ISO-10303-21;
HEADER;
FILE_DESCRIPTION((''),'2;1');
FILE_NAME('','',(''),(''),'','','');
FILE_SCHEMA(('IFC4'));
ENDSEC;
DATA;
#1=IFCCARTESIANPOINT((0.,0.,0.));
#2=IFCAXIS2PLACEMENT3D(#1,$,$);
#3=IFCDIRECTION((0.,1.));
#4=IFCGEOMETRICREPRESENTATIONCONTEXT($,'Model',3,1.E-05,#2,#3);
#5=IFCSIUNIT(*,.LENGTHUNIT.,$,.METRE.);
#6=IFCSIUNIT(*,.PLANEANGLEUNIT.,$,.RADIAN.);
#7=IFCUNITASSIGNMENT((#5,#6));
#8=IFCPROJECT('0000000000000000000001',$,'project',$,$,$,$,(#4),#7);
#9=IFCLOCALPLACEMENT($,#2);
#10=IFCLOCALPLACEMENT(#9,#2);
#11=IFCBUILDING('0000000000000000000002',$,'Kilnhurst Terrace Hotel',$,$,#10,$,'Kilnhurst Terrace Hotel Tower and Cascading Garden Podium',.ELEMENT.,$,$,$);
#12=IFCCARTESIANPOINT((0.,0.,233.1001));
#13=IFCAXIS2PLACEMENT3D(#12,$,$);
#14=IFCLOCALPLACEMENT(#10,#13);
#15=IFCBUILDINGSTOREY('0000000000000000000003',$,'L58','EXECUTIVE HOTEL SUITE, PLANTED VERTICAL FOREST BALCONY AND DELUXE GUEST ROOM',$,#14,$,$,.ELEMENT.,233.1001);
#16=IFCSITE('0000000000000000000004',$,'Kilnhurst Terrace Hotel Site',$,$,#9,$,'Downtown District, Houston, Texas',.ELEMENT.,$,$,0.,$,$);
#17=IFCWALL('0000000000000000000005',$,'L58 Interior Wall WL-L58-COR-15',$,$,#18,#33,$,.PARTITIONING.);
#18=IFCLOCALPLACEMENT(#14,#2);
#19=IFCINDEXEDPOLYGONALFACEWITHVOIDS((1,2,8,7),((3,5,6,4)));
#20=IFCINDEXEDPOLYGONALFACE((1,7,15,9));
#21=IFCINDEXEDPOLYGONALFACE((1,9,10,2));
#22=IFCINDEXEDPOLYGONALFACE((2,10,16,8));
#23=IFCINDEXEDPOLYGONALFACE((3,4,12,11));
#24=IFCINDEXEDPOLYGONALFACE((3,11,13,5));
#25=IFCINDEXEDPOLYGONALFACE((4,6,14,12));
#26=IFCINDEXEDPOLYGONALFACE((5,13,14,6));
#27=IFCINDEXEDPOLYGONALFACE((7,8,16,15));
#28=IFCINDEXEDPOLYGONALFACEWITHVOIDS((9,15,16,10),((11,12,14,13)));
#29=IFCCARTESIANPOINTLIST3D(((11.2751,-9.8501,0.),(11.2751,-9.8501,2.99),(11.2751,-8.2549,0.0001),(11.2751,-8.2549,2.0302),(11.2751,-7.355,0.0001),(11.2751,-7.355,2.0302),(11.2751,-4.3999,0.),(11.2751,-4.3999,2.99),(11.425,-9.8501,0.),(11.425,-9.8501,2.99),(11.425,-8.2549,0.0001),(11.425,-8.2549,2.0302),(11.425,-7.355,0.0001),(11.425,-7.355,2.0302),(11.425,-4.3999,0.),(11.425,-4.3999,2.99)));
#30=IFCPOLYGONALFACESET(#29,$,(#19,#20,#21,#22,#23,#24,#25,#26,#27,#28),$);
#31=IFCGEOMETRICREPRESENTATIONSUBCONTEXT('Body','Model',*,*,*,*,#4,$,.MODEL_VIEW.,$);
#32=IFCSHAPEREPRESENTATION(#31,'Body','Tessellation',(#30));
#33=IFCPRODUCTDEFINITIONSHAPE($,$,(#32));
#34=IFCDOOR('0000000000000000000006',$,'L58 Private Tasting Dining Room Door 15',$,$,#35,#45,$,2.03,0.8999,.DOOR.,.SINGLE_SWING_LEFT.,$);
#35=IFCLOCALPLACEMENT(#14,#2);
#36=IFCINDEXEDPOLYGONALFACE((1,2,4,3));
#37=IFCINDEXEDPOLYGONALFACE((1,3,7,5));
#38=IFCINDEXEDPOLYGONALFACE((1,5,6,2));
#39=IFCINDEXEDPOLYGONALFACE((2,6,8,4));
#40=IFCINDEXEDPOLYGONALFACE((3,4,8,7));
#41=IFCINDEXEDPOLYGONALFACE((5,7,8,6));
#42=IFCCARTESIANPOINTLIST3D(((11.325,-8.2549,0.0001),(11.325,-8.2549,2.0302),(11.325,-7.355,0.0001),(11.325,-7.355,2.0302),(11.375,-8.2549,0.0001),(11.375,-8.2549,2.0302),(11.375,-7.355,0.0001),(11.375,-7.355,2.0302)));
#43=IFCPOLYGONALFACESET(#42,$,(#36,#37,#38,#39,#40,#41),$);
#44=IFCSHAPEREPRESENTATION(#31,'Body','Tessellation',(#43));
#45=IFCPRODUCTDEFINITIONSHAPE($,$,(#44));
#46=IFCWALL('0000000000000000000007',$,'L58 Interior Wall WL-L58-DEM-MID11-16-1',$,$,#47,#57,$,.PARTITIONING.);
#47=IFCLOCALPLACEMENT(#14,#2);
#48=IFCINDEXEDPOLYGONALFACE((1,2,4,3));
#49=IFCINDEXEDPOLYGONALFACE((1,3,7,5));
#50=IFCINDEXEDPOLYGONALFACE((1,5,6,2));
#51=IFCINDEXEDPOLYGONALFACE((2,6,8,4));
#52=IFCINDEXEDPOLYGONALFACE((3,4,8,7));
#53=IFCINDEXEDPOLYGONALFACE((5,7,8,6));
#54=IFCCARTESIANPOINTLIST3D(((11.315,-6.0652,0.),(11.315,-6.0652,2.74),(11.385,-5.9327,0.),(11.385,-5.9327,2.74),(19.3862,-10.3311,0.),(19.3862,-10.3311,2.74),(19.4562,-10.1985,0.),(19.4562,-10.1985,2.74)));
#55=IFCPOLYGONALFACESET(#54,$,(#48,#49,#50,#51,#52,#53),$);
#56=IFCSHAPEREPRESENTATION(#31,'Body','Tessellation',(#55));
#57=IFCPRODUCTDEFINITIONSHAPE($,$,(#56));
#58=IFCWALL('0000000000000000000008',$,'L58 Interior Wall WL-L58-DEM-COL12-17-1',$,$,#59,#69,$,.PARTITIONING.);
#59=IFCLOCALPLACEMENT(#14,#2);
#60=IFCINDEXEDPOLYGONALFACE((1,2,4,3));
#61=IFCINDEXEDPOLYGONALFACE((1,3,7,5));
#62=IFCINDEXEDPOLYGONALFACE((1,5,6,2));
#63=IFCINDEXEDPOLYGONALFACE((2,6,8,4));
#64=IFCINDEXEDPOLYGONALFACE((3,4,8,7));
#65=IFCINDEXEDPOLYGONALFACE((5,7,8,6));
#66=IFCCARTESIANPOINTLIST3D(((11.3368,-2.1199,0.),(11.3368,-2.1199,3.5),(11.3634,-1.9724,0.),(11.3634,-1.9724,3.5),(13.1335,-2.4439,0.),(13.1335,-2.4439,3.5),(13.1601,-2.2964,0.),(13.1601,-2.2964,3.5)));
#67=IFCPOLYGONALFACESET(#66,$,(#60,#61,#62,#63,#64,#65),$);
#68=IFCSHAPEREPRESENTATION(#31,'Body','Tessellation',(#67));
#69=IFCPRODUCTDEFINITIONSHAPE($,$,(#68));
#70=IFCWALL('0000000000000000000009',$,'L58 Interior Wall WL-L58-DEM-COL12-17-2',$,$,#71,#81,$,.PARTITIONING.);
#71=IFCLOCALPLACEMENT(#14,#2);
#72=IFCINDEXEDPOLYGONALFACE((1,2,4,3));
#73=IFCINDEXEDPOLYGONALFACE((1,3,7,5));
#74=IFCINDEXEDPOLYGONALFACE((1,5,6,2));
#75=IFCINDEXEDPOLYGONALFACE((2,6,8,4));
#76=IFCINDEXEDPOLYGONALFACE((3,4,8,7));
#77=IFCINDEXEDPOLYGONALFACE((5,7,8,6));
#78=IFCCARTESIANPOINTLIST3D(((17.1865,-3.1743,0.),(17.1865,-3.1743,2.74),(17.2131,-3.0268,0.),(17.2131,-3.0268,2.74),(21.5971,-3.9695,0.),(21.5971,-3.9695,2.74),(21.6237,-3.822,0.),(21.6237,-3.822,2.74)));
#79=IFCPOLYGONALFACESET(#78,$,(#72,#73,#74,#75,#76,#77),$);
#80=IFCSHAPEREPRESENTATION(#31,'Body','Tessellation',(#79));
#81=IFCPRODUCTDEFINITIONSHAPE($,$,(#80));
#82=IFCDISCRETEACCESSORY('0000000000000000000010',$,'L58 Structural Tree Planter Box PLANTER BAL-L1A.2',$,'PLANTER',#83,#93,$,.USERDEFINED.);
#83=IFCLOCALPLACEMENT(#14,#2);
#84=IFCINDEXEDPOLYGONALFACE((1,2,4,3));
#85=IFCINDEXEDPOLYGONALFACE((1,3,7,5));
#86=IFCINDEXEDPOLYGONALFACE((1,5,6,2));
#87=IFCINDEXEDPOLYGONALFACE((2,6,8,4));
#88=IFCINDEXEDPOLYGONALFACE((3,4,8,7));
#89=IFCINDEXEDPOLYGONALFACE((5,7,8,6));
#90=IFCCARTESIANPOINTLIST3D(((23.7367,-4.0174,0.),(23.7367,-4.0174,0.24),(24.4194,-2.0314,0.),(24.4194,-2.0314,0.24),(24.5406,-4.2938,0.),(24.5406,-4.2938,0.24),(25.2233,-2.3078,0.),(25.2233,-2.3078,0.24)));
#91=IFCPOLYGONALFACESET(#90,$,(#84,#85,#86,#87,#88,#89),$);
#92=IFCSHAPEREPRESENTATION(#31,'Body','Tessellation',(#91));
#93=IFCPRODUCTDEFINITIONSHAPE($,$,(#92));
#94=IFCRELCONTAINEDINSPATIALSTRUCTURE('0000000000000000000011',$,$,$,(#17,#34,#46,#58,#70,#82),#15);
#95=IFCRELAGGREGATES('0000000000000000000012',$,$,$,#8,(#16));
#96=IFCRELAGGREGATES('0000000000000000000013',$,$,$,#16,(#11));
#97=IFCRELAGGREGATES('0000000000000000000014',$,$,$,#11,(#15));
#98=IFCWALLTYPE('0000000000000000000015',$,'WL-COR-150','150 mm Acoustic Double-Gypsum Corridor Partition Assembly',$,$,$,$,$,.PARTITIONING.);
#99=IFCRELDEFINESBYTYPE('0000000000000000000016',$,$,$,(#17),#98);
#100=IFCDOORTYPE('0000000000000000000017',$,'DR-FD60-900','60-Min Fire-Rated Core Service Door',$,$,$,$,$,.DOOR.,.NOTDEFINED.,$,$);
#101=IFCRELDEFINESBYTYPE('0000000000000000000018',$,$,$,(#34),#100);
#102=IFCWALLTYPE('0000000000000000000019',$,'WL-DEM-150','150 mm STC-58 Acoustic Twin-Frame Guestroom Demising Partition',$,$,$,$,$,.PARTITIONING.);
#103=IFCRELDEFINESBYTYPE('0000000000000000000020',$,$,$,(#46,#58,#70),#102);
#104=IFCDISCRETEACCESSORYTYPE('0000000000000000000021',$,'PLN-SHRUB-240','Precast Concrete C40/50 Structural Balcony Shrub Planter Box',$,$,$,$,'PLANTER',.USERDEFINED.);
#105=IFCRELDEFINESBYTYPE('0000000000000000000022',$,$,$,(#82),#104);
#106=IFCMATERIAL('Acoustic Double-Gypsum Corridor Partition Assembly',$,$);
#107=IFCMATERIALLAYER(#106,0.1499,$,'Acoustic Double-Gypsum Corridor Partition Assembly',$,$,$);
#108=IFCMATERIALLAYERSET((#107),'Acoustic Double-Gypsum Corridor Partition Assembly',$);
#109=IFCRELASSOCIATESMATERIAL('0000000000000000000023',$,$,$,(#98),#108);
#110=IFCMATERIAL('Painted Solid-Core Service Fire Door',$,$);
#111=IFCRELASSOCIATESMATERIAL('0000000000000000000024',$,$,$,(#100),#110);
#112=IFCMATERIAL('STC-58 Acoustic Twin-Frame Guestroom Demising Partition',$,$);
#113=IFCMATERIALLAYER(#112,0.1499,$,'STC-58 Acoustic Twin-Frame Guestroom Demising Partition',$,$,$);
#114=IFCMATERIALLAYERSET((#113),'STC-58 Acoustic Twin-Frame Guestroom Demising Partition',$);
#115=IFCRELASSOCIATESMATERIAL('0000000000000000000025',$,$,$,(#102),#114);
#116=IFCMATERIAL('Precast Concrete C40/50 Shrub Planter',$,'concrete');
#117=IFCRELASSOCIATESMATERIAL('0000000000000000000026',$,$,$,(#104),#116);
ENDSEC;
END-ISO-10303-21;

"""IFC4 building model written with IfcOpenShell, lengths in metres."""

from ifc_helpers import new_model, si_unit, direction, frame, frame_2d, origin, origin_2d, place, context, subcontext, project, spatial, rectangle, extrude, material, layer, layer_set, type_object, element, fill, save


model = new_model("IFC4")

# Units and contexts
model_context = context("Model", 3, precision=1e-05, world=origin(), true_north=direction((0.0, 1.0)))
body_context = subcontext(model_context, "Body", "Model", "MODEL_VIEW")
ifc_project = project(units=[si_unit("LENGTHUNIT", "METRE"), si_unit("PLANEANGLEUNIT", "RADIAN")], contexts=[model_context])

# Site, building, storey
site_placement = place(None, origin())
site = spatial("IfcSite", under=ifc_project, at=site_placement, Name="Kilnhurst Terrace Hotel Site", LongName="Downtown District, Houston, Texas", CompositionType="ELEMENT", RefElevation=0.0)
building_placement = place(site_placement, origin())
building = spatial("IfcBuilding", under=site, at=building_placement, Name="Kilnhurst Terrace Hotel", LongName="Kilnhurst Terrace Hotel Tower and Cascading Garden Podium", CompositionType="ELEMENT")
storey_placement = place(building_placement, frame((0.0, 0.0, 233.1001)))
storey = spatial("IfcBuildingStorey", under=building, at=storey_placement, Name="L58", Description="EXECUTIVE HOTEL SUITE, PLANTED VERTICAL FOREST BALCONY AND DELUXE GUEST ROOM", CompositionType="ELEMENT", Elevation=233.1001)

# Shared definitions
ifc_material_1 = material(Name="Acoustic Double-Gypsum Corridor Partition Assembly")
ifc_layer_1 = layer(ifc_material_1, 0.1499, Name="Acoustic Double-Gypsum Corridor Partition Assembly")
ifc_layer_set_1 = layer_set([ifc_layer_1], Name="Acoustic Double-Gypsum Corridor Partition Assembly")
wall_type_1 = type_object("IfcWallType", Name="WL-COR-150", Description="150 mm Acoustic Double-Gypsum Corridor Partition Assembly", PredefinedType="PARTITIONING", material=ifc_layer_set_1)

# Wall, opening, door
ifc_material_2 = material(Name="Painted Solid-Core Service Fire Door")
door_type_1 = type_object("IfcDoorType", Name="DR-FD60-900", Description="60-Min Fire-Rated Core Service Door", OperationType="NOTDEFINED", PredefinedType="DOOR", material=ifc_material_2)
wall_1_placement = place(storey_placement, frame((11.3501, -4.3999, 0.0), z_axis=(0.0, 0.0, 1.0), x_axis=(0.0, -1.0, 0.0)))
wall_1 = element("IfcWall", 1, at=wall_1_placement, inside=storey, type_object=wall_type_1, Name="L58 Interior Wall WL-L58-COR-15", PredefinedType="PARTITIONING", context=body_context, shape_type="SweptSolid", body=[
    extrude(rectangle(XDim=5.4502, YDim=0.1499, at=frame_2d((2.7251, 0.0))), origin(), (0.0, 0.0, 1.0), 2.99),
])
opening_1_placement = place(wall_1_placement, frame((2.9551, 0.0, 0.0)))
opening_1 = element("IfcOpeningElement", 2, at=opening_1_placement, cuts=wall_1, PredefinedType="OPENING", context=body_context, shape_type="SweptSolid", body=[
    extrude(rectangle(XDim=0.8999, YDim=2.03, at=frame_2d((0.45, 1.0151))), frame((0.0, 0.085, 0.0), z_axis=(0.0, -1.0, 0.0), x_axis=(1.0, 0.0, 0.0)), (0.0, 0.0, 1.0), 0.1699),
])
door_1_placement = place(opening_1_placement, origin())
door_1 = element("IfcDoor", 3, at=door_1_placement, inside=storey, type_object=door_type_1, Name="L58 Private Tasting Dining Room Door 15", OperationType="SINGLE_SWING_LEFT", OverallHeight=2.03, OverallWidth=0.8999, PredefinedType="DOOR", context=body_context, shape_type="SweptSolid", body=[
    extrude(rectangle(XDim=0.8999, YDim=2.03, at=frame_2d((0.45, 1.0151))), frame((0.0, 0.0249, 0.0), z_axis=(0.0, -1.0, 0.0), x_axis=(1.0, 0.0, 0.0)), (0.0, 0.0, 1.0), 0.05),
])
fill(opening_1, door_1)

# Walls
ifc_material_3 = material(Name="STC-58 Acoustic Twin-Frame Guestroom Demising Partition")
ifc_layer_2 = layer(ifc_material_3, 0.1499, Name="STC-58 Acoustic Twin-Frame Guestroom Demising Partition")
ifc_layer_set_2 = layer_set([ifc_layer_2], Name="STC-58 Acoustic Twin-Frame Guestroom Demising Partition")
wall_type_2 = type_object("IfcWallType", Name="WL-DEM-150", Description="150 mm STC-58 Acoustic Twin-Frame Guestroom Demising Partition", PredefinedType="PARTITIONING", material=ifc_layer_set_2)
wall_2_placement = place(storey_placement, frame((11.3501, -5.999, 0.0), z_axis=(0.0, 0.0, 1.0), x_axis=(0.884112, -0.467274, 0.0)))
element("IfcWall", 4, at=wall_2_placement, inside=storey, type_object=wall_type_2, Name="L58 Interior Wall WL-L58-DEM-MID11-16-1", PredefinedType="PARTITIONING", context=body_context, shape_type="SweptSolid", body=[
    extrude(rectangle(XDim=9.1292, YDim=0.1499, at=frame_2d((4.5645, 0.0))), origin(), (0.0, 0.0, 1.0), 2.74),
])
wall_3_placement = place(storey_placement, frame((11.3501, -2.0461, 0.0), z_axis=(0.0, 0.0, 1.0), x_axis=(0.984128, -0.177461, 0.0)))
element("IfcWall", 5, at=wall_3_placement, inside=storey, type_object=wall_type_2, Name="L58 Interior Wall WL-L58-DEM-COL12-17-1", PredefinedType="PARTITIONING", context=body_context, shape_type="SweptSolid", body=[
    extrude(rectangle(XDim=1.8257, YDim=0.1499, at=frame_2d((0.9128, 0.0))), origin(), (0.0, 0.0, 1.0), 3.5),
])
wall_4_placement = place(storey_placement, frame((17.2, -3.1006, 0.0), z_axis=(0.0, 0.0, 1.0), x_axis=(0.984135, -0.177423, 0.0)))
element("IfcWall", 6, at=wall_4_placement, inside=storey, type_object=wall_type_2, Name="L58 Interior Wall WL-L58-DEM-COL12-17-2", PredefinedType="PARTITIONING", context=body_context, shape_type="SweptSolid", body=[
    extrude(rectangle(XDim=4.4817, YDim=0.1499, at=frame_2d((2.2407, 0.0))), origin(), (0.0, 0.0, 1.0), 2.74),
])

# Discrete accessory
ifc_material_4 = material(Name="Precast Concrete C40/50 Shrub Planter", Category="concrete")
discrete_accessory_type = type_object("IfcDiscreteAccessoryType", Name="PLN-SHRUB-240", Description="Precast Concrete C40/50 Structural Balcony Shrub Planter Box", ElementType="PLANTER", PredefinedType="USERDEFINED", material=ifc_material_4)
discrete_accessory_placement = place(storey_placement, frame((24.48, -3.1626, 0.0), z_axis=(0.0, 0.0, 1.0), x_axis=(0.32509, 0.945683, 0.0)))
element("IfcDiscreteAccessory", 7, at=discrete_accessory_placement, inside=storey, type_object=discrete_accessory_type, Name="L58 Structural Tree Planter Box PLANTER BAL-L1A.2", ObjectType="PLANTER", PredefinedType="USERDEFINED", context=body_context, shape_type="SweptSolid", body=[
    extrude(rectangle(XDim=2.1001, YDim=0.8501, at=origin_2d()), origin(), (0.0, 0.0, 1.0), 0.24),
])

save(model, "model.ifc")
